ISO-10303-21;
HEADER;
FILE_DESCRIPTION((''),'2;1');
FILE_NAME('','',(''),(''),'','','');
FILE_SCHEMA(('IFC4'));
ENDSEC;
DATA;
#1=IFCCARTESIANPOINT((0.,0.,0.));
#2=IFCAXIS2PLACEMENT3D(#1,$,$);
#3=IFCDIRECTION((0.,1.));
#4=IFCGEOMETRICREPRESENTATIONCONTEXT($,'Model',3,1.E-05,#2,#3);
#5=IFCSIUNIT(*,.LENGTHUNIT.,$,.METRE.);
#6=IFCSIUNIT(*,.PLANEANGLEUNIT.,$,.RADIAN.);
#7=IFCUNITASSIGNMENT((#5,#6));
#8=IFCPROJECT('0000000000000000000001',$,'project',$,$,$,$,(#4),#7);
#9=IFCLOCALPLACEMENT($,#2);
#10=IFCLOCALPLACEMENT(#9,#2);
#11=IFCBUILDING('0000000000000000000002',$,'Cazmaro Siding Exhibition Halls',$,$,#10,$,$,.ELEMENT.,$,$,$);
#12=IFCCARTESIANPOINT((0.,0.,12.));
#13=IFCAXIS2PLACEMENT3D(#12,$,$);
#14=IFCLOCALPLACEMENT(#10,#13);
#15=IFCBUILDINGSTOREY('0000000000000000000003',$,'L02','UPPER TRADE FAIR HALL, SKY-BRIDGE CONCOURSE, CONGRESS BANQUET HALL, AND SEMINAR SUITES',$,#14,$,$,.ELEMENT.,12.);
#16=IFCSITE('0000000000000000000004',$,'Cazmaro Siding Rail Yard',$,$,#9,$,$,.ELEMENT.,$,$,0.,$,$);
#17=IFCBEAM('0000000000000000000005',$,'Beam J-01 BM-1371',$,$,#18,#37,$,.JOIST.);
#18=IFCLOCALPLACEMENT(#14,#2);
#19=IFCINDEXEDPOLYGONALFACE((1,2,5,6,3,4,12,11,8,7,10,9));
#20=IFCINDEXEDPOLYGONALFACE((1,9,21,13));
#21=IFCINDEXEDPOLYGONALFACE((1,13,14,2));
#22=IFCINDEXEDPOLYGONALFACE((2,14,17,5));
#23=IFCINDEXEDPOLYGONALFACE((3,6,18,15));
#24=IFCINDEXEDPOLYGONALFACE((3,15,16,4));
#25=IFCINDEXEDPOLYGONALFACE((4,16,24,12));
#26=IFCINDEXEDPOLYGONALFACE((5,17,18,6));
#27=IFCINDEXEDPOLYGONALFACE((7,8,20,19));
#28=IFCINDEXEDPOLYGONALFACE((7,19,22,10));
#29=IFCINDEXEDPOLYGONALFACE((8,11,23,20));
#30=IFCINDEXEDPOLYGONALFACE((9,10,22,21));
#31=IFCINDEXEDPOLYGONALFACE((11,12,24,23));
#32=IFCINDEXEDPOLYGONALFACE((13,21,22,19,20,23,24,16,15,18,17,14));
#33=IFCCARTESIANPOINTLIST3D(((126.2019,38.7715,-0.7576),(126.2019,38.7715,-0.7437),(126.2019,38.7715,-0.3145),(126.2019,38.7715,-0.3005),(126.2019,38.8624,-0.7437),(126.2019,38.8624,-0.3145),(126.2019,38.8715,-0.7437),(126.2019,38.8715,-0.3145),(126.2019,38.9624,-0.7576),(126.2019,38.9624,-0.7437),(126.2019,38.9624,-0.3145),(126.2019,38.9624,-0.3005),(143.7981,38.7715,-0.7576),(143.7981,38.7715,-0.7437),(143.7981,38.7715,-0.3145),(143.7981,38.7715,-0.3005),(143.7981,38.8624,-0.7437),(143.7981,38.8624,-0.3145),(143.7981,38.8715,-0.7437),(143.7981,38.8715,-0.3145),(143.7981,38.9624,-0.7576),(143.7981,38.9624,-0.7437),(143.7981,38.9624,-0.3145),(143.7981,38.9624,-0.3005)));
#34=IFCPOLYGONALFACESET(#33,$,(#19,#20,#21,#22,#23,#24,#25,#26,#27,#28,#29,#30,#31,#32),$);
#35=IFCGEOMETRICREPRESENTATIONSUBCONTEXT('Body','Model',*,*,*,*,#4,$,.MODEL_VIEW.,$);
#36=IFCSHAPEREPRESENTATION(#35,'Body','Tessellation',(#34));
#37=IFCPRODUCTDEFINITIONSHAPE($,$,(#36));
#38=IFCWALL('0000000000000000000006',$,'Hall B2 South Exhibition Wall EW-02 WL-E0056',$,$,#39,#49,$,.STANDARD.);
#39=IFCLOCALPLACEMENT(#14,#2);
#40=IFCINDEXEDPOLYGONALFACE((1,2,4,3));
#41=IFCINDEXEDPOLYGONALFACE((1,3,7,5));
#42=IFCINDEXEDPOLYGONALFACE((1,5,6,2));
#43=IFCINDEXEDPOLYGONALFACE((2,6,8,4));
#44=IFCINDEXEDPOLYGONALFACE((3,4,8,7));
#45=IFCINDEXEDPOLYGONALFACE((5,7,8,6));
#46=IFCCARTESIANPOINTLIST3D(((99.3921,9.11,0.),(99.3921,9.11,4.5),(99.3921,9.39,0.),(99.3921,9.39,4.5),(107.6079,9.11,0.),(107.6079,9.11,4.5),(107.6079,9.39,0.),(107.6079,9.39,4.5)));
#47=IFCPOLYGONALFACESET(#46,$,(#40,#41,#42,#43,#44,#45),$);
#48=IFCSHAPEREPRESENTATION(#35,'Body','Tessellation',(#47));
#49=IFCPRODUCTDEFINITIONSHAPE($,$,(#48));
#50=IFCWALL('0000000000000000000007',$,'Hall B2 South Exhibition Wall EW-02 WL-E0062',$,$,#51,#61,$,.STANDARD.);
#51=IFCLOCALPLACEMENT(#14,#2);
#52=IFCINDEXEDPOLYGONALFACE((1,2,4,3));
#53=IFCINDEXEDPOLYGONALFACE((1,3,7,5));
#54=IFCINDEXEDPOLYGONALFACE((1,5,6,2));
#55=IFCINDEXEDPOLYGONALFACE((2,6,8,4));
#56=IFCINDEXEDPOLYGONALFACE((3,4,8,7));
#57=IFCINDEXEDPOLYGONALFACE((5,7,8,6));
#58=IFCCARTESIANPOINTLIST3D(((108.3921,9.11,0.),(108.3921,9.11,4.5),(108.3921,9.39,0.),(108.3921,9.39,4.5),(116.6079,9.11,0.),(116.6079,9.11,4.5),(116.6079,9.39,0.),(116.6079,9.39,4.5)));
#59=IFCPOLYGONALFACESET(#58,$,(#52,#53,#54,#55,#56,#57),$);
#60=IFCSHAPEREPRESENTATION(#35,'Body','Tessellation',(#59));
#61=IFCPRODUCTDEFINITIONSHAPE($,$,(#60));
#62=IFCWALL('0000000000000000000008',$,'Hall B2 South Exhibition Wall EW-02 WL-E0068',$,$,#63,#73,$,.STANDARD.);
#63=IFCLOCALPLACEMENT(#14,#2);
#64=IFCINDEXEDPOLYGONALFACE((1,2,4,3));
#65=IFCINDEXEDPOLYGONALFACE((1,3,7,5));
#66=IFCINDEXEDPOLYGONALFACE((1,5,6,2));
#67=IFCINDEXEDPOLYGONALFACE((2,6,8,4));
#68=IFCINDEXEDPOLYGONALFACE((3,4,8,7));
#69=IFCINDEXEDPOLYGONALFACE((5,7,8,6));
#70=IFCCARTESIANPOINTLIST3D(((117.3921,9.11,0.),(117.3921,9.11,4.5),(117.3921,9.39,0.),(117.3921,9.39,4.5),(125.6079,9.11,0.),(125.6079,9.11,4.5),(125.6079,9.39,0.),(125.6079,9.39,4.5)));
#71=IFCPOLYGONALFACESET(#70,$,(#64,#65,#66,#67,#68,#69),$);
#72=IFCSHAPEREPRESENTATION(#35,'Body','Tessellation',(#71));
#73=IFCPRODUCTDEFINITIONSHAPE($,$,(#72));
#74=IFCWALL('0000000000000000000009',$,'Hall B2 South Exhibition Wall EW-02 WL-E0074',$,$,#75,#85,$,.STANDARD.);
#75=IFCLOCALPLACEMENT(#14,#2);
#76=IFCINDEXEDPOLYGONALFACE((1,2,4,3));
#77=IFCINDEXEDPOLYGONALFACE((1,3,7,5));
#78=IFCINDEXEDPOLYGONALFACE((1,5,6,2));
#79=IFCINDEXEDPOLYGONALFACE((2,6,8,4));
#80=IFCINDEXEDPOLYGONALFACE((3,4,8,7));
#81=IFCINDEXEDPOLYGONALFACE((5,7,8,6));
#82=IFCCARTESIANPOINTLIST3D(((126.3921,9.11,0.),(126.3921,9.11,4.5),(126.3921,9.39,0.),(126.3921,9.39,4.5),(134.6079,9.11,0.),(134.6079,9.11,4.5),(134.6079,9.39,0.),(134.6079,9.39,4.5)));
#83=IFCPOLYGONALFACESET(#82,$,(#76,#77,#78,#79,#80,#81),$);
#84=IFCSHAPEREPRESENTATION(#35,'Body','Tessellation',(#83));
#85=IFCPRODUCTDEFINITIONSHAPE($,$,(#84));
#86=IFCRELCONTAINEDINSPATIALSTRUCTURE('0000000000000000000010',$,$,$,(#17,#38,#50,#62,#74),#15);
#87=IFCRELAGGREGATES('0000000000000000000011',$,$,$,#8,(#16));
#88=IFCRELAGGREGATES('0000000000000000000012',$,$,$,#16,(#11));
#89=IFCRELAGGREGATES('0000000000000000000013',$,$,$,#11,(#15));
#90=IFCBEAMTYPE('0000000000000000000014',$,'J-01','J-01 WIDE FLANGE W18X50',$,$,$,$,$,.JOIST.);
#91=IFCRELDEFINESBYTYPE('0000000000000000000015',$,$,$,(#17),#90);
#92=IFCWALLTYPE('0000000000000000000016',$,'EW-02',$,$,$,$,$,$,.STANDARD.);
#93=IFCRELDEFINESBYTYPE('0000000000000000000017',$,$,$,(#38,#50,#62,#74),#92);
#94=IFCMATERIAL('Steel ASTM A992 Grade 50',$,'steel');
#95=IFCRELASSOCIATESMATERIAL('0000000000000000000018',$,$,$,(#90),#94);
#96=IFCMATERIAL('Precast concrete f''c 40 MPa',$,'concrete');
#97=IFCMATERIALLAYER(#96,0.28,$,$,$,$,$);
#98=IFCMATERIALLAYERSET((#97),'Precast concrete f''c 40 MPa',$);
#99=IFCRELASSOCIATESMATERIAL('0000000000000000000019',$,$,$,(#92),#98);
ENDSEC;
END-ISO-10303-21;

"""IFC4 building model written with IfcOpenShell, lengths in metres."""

from ifc_helpers import new_model, si_unit, direction, frame, frame_2d, origin, origin_2d, place, context, subcontext, project, spatial, rectangle, i_section, extrude, material, layer, layer_set, material_profile, profile_set, type_object, element, save


model = new_model("IFC4")

# Units and contexts
model_context = context("Model", 3, precision=1e-05, world=origin(), true_north=direction((0.0, 1.0)))
body_context = subcontext(model_context, "Body", "Model", "MODEL_VIEW")
ifc_project = project(units=[si_unit("LENGTHUNIT", "METRE"), si_unit("PLANEANGLEUNIT", "RADIAN")], contexts=[model_context])

# Site, building, storey
site_placement = place(None, origin())
site = spatial("IfcSite", under=ifc_project, at=site_placement, Name="Cazmaro Siding Rail Yard", CompositionType="ELEMENT", RefElevation=0.0)
building_placement = place(site_placement, origin())
building = spatial("IfcBuilding", under=site, at=building_placement, Name="Cazmaro Siding Exhibition Halls", CompositionType="ELEMENT")
storey_placement = place(building_placement, frame((0.0, 0.0, 12.0)))
storey = spatial("IfcBuildingStorey", under=building, at=storey_placement, Name="L02", Description="UPPER TRADE FAIR HALL, SKY-BRIDGE CONCOURSE, CONGRESS BANQUET HALL, AND SEMINAR SUITES", CompositionType="ELEMENT", Elevation=12.0)

# Beam
ifc_material_1 = material(Name="Steel ASTM A992 Grade 50", Category="steel")
ifc_material_profile_1 = material_profile(ifc_material_1, i_section(OverallWidth=0.1909, OverallDepth=0.457, WebThickness=0.009, FlangeThickness=0.0139, at=origin_2d()), Name="W18X50")
ifc_profile_set_1 = profile_set([ifc_material_profile_1], Name="Steel ASTM A992 Grade 50")
beam_type_1 = type_object("IfcBeamType", Name="J-01", Description="J-01 WIDE FLANGE W18X50", PredefinedType="JOIST", material=ifc_profile_set_1)
for number, where, z_axis, x_axis, name in (
    (1, (126.2019, 38.8669, -0.5291), (1.0, 0.0, 0.0), (0.0, 1.0, 0.0), "Beam J-01 BM-1371"),
):
    element("IfcBeam", number, at=place(storey_placement, frame(where, z_axis=z_axis, x_axis=x_axis)), inside=storey, type_object=beam_type_1, Name=name, PredefinedType="JOIST", context=body_context, shape_type="SweptSolid", body=[
        extrude(i_section(OverallWidth=0.1909, OverallDepth=0.457, WebThickness=0.009, FlangeThickness=0.0139, at=origin_2d()), origin(), (0.0, 0.0, 1.0), 17.5962),
    ])

# Walls
ifc_material_2 = material(Name="Precast concrete f'c 40 MPa", Category="concrete")
ifc_layer = layer(ifc_material_2, 0.28)
ifc_layer_set = layer_set([ifc_layer], Name="Precast concrete f'c 40 MPa")
wall_type = type_object("IfcWallType", Name="EW-02", PredefinedType="STANDARD", material=ifc_layer_set)
for number, where, z_axis, x_axis, name in (
    (2, (107.6079, 9.25, 0.0), (0.0, 0.0, 1.0), (-1.0, 0.0, 0.0), "Hall B2 South Exhibition Wall EW-02 WL-E0056"),
    (3, (116.6079, 9.25, 0.0), (0.0, 0.0, 1.0), (-1.0, 0.0, 0.0), "Hall B2 South Exhibition Wall EW-02 WL-E0062"),
    (4, (125.6079, 9.25, 0.0), (0.0, 0.0, 1.0), (-1.0, 0.0, 0.0), "Hall B2 South Exhibition Wall EW-02 WL-E0068"),
    (5, (134.6079, 9.25, 0.0), (0.0, 0.0, 1.0), (-1.0, 0.0, 0.0), "Hall B2 South Exhibition Wall EW-02 WL-E0074"),
):
    element("IfcWall", number, at=place(storey_placement, frame(where, z_axis=z_axis, x_axis=x_axis)), inside=storey, type_object=wall_type, Name=name, PredefinedType="STANDARD", context=body_context, shape_type="SweptSolid", body=[
        extrude(rectangle(XDim=8.2158, YDim=0.28, at=frame_2d((4.1079, 0.0))), origin(), (0.0, 0.0, 1.0), 4.5),
    ])

save(model, "model.ifc")
